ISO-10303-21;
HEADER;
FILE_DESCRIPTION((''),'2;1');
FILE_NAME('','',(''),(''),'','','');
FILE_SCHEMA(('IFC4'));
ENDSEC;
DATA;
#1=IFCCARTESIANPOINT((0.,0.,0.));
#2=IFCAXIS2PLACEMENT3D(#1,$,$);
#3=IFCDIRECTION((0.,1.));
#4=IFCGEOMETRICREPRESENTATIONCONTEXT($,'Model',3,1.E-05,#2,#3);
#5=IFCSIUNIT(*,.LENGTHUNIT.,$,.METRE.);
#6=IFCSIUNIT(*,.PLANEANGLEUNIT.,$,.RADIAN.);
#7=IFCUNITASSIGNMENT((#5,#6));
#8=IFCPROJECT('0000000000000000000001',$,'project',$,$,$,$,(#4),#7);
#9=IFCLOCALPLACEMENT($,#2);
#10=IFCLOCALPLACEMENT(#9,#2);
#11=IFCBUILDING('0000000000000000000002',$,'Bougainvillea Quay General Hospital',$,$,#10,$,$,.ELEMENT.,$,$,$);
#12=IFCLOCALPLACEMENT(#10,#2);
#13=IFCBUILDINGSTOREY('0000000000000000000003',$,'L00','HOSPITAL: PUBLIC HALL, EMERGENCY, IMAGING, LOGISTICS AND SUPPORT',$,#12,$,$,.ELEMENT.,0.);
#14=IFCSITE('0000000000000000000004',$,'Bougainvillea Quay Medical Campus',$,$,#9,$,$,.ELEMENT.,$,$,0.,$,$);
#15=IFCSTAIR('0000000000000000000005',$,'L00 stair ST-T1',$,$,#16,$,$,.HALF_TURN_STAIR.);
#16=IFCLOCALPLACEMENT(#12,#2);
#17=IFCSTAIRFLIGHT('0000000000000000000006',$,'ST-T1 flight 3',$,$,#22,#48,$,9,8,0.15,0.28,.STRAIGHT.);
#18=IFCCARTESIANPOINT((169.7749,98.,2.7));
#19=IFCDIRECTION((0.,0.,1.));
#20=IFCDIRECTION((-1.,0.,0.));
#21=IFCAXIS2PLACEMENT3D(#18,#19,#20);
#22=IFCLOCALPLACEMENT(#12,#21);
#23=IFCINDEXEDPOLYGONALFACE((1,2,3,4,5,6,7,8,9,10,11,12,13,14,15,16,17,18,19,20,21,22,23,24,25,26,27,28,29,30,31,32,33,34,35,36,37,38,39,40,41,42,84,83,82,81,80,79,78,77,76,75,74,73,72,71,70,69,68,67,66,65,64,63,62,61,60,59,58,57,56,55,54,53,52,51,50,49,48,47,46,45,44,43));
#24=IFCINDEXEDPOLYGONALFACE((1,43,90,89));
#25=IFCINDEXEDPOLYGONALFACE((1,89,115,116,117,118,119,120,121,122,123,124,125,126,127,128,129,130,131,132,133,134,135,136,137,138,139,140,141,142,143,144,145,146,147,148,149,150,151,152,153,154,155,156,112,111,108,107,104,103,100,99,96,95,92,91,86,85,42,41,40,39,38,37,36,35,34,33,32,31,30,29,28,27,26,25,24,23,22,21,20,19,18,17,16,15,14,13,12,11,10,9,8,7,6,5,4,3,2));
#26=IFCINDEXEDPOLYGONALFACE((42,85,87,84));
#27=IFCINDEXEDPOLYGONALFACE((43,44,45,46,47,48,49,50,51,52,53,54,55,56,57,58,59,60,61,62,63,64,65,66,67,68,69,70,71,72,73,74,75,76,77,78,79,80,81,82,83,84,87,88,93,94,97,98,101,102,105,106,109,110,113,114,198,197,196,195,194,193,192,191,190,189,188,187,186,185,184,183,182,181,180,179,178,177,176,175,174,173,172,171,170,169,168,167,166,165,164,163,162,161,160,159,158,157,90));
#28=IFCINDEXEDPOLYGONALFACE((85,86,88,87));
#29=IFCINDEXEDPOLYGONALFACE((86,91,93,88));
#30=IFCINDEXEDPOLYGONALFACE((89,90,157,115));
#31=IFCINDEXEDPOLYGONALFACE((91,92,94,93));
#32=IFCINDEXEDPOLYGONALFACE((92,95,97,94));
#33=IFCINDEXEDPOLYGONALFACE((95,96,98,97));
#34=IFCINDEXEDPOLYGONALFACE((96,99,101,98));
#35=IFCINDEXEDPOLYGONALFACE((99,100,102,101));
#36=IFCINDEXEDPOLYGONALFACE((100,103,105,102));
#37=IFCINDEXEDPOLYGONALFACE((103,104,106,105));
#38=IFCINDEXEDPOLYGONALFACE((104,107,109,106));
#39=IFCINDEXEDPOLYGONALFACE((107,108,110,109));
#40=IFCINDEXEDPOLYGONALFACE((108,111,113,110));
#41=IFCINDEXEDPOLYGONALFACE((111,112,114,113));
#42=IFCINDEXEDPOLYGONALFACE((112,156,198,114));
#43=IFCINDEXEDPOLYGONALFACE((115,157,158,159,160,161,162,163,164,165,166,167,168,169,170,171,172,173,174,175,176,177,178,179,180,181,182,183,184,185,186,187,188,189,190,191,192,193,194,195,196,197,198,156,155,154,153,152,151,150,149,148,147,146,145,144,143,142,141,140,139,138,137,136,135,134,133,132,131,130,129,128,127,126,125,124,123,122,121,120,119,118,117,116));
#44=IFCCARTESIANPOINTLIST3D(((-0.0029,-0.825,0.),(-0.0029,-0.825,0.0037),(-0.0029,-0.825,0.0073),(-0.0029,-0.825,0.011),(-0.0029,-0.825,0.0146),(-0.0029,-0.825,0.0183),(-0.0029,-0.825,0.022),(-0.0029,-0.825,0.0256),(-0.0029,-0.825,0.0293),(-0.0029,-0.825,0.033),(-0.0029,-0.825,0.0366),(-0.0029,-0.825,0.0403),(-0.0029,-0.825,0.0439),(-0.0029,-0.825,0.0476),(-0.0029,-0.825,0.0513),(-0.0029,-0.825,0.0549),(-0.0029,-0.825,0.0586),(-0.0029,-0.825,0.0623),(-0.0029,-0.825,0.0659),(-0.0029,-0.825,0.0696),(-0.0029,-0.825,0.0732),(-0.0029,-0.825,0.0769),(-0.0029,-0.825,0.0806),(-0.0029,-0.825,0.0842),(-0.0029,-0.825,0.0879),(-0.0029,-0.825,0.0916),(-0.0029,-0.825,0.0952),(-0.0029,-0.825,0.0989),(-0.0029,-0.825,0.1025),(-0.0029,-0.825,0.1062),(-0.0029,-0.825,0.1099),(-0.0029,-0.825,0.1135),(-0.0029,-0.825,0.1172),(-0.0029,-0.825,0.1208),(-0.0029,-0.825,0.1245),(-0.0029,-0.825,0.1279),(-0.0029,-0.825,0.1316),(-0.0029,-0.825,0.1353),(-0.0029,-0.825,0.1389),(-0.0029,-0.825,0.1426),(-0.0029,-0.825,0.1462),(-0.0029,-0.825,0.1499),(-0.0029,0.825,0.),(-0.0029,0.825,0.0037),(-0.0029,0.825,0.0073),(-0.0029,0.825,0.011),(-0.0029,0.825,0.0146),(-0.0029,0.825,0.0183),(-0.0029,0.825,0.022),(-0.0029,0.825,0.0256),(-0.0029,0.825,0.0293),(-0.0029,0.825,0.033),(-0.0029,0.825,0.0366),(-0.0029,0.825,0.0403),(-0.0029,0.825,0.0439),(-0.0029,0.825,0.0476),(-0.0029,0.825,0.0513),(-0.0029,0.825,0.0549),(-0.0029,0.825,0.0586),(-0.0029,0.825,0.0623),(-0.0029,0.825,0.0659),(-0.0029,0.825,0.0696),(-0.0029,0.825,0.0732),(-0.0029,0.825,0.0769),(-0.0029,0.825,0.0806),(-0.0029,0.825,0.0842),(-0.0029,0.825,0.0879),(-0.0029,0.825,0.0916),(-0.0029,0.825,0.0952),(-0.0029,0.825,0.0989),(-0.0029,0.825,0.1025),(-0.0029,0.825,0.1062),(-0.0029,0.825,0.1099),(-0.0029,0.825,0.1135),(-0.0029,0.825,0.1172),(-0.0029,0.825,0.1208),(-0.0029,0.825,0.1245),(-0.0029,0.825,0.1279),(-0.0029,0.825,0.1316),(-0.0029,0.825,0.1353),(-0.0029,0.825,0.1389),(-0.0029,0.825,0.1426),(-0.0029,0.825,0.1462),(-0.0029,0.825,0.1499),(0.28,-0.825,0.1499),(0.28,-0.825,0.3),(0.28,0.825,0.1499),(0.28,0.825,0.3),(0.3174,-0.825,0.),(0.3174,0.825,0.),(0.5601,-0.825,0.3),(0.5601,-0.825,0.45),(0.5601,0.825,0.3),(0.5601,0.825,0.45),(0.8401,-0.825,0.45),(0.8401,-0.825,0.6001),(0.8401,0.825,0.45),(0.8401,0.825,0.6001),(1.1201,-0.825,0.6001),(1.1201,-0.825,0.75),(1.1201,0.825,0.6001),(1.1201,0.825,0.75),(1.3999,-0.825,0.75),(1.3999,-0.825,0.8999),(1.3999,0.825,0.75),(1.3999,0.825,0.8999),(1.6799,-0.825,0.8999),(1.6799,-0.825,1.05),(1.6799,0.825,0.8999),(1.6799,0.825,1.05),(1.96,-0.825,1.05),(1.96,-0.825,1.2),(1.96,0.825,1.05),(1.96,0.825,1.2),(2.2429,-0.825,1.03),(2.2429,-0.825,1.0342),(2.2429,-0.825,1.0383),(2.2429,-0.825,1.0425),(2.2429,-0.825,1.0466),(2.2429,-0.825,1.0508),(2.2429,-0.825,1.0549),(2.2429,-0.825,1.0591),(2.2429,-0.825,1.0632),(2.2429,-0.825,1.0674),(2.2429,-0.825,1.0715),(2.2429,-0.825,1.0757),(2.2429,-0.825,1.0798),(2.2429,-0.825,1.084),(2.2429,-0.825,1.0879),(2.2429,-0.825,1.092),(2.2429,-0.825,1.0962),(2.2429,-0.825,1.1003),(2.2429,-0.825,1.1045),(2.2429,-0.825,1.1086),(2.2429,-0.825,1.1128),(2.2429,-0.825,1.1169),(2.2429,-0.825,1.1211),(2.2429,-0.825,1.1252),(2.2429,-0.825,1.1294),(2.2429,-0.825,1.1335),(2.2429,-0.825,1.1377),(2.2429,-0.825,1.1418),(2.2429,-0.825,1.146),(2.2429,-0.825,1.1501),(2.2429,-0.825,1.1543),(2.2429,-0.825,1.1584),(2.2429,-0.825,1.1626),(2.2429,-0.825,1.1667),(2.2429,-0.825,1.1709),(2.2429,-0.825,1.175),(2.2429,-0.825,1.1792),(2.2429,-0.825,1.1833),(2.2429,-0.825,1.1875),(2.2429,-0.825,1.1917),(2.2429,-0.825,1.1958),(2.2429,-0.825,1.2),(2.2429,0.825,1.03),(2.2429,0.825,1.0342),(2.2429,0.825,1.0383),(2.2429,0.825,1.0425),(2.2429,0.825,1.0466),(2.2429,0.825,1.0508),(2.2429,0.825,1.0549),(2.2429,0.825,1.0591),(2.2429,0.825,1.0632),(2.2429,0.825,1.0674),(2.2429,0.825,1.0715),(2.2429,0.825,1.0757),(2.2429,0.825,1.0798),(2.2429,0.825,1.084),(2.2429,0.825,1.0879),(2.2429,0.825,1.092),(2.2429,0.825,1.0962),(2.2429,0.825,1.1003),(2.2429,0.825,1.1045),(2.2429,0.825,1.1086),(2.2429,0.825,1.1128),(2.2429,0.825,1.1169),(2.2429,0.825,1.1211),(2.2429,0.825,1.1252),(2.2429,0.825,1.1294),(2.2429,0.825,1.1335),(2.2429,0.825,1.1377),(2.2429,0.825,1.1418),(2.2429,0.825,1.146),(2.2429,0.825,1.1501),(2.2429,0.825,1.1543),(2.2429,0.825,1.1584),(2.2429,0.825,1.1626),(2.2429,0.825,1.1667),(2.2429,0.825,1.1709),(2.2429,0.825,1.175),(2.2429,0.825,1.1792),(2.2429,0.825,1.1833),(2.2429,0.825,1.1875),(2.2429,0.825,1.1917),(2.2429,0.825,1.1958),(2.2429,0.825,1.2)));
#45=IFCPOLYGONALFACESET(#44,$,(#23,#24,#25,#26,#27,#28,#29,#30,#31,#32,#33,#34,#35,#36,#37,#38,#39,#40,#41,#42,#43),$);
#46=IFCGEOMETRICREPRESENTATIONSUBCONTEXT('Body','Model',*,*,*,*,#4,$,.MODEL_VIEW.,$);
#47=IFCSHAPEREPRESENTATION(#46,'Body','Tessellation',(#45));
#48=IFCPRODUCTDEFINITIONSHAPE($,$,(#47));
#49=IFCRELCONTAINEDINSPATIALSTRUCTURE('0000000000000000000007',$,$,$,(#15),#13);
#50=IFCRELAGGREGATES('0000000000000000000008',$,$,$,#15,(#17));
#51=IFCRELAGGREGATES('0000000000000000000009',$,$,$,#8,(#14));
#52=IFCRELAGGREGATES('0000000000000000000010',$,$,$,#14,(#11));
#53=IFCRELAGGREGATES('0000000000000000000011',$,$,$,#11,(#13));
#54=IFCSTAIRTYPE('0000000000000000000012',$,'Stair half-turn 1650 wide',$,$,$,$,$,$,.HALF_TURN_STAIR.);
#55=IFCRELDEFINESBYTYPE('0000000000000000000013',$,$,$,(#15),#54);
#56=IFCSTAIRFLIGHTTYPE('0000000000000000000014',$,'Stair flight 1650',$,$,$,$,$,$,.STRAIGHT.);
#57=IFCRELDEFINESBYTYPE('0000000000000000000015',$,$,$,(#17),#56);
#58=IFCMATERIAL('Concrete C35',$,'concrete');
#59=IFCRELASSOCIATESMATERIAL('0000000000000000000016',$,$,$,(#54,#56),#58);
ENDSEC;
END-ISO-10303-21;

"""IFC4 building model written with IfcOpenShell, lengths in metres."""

from ifc_helpers import new_model, si_unit, direction, frame, origin, place, context, subcontext, project, spatial, polyline, outline, extrude, material, type_object, element, aggregate, save


model = new_model("IFC4")

# Units and contexts
model_context = context("Model", 3, precision=1e-05, world=origin(), true_north=direction((0.0, 1.0)))
body_context = subcontext(model_context, "Body", "Model", "MODEL_VIEW")
ifc_project = project(units=[si_unit("LENGTHUNIT", "METRE"), si_unit("PLANEANGLEUNIT", "RADIAN")], contexts=[model_context])

# Site, building, storey
site_placement = place(None, origin())
site = spatial("IfcSite", under=ifc_project, at=site_placement, Name="Bougainvillea Quay Medical Campus", CompositionType="ELEMENT", RefElevation=0.0)
building_placement = place(site_placement, origin())
building = spatial("IfcBuilding", under=site, at=building_placement, Name="Bougainvillea Quay General Hospital", CompositionType="ELEMENT")
storey_placement = place(building_placement, origin())
storey = spatial("IfcBuildingStorey", under=building, at=storey_placement, Name="L00", Description="HOSPITAL: PUBLIC HALL, EMERGENCY, IMAGING, LOGISTICS AND SUPPORT", CompositionType="ELEMENT", Elevation=0.0)

# Stair, stair flight
ifc_material_1 = material(Name="Concrete C35", Category="concrete")
stair_type = type_object("IfcStairType", Name="Stair half-turn 1650 wide", PredefinedType="HALF_TURN_STAIR", material=ifc_material_1)
stair_placement = place(storey_placement, origin())
stair = element("IfcStair", 1, at=stair_placement, inside=storey, type_object=stair_type, Name="L00 stair ST-T1", PredefinedType="HALF_TURN_STAIR")
stair_flight_type = type_object("IfcStairFlightType", Name="Stair flight 1650", PredefinedType="STRAIGHT", material=ifc_material_1)
stair_flight_1_placement = place(storey_placement, frame((169.7749, 98.0, 2.7), z_axis=(0.0, 0.0, 1.0), x_axis=(-1.0, 0.0, 0.0)))
stair_flight_1 = element("IfcStairFlight", 2, at=stair_flight_1_placement, type_object=stair_flight_type, Name="ST-T1 flight 3", NumberOfRisers=9, NumberOfTreads=8, PredefinedType="STRAIGHT", RiserHeight=0.15, TreadLength=0.28, context=body_context, shape_type="SweptSolid", body=[
    extrude(outline(polyline([(-0.0029, 0.0), (-0.0029, 0.0037), (-0.0029, 0.0073), (-0.0029, 0.011), (-0.0029, 0.0146), (-0.0029, 0.0183), (-0.0029, 0.022), (-0.0029, 0.0256), (-0.0029, 0.0293), (-0.0029, 0.033), (-0.0029, 0.0366), (-0.0029, 0.0403), (-0.0029, 0.0439), (-0.0029, 0.0476), (-0.0029, 0.0513), (-0.0029, 0.0549), (-0.0029, 0.0586), (-0.0029, 0.0623), (-0.0029, 0.0659), (-0.0029, 0.0696), (-0.0029, 0.0732), (-0.0029, 0.0769), (-0.0029, 0.0806), (-0.0029, 0.0842), (-0.0029, 0.0879), (-0.0029, 0.0916), (-0.0029, 0.0952), (-0.0029, 0.0989), (-0.0029, 0.1025), (-0.0029, 0.1062), (-0.0029, 0.1099), (-0.0029, 0.1135), (-0.0029, 0.1172), (-0.0029, 0.1208), (-0.0029, 0.1245), (-0.0029, 0.1279), (-0.0029, 0.1316), (-0.0029, 0.1353), (-0.0029, 0.1389), (-0.0029, 0.1426), (-0.0029, 0.1462), (-0.0029, 0.1499), (0.28, 0.1499), (0.28, 0.3), (0.5601, 0.3), (0.5601, 0.45), (0.8401, 0.45), (0.8401, 0.6001), (1.1201, 0.6001), (1.1201, 0.75), (1.3999, 0.75), (1.3999, 0.8999), (1.6799, 0.8999), (1.6799, 1.05), (1.96, 1.05), (1.96, 1.2), (2.2429, 1.2), (2.2429, 1.1958), (2.2429, 1.1917), (2.2429, 1.1875), (2.2429, 1.1833), (2.2429, 1.1792), (2.2429, 1.175), (2.2429, 1.1709), (2.2429, 1.1667), (2.2429, 1.1626), (2.2429, 1.1584), (2.2429, 1.1543), (2.2429, 1.1501), (2.2429, 1.146), (2.2429, 1.1418), (2.2429, 1.1377), (2.2429, 1.1335), (2.2429, 1.1294), (2.2429, 1.1252), (2.2429, 1.1211), (2.2429, 1.1169), (2.2429, 1.1128), (2.2429, 1.1086), (2.2429, 1.1045), (2.2429, 1.1003), (2.2429, 1.0962), (2.2429, 1.092), (2.2429, 1.0879), (2.2429, 1.084), (2.2429, 1.0798), (2.2429, 1.0757), (2.2429, 1.0715), (2.2429, 1.0674), (2.2429, 1.0632), (2.2429, 1.0591), (2.2429, 1.0549), (2.2429, 1.0508), (2.2429, 1.0466), (2.2429, 1.0425), (2.2429, 1.0383), (2.2429, 1.0342), (2.2429, 1.03), (0.3174, 0.0), (-0.0029, 0.0)])), frame((0.0, 0.825, 0.0), z_axis=(0.0, -1.0, 0.0), x_axis=(1.0, 0.0, 0.0)), (0.0, 0.0, 1.0), 1.6499),
])
aggregate(stair, [stair_flight_1])

save(model, "model.ifc")
